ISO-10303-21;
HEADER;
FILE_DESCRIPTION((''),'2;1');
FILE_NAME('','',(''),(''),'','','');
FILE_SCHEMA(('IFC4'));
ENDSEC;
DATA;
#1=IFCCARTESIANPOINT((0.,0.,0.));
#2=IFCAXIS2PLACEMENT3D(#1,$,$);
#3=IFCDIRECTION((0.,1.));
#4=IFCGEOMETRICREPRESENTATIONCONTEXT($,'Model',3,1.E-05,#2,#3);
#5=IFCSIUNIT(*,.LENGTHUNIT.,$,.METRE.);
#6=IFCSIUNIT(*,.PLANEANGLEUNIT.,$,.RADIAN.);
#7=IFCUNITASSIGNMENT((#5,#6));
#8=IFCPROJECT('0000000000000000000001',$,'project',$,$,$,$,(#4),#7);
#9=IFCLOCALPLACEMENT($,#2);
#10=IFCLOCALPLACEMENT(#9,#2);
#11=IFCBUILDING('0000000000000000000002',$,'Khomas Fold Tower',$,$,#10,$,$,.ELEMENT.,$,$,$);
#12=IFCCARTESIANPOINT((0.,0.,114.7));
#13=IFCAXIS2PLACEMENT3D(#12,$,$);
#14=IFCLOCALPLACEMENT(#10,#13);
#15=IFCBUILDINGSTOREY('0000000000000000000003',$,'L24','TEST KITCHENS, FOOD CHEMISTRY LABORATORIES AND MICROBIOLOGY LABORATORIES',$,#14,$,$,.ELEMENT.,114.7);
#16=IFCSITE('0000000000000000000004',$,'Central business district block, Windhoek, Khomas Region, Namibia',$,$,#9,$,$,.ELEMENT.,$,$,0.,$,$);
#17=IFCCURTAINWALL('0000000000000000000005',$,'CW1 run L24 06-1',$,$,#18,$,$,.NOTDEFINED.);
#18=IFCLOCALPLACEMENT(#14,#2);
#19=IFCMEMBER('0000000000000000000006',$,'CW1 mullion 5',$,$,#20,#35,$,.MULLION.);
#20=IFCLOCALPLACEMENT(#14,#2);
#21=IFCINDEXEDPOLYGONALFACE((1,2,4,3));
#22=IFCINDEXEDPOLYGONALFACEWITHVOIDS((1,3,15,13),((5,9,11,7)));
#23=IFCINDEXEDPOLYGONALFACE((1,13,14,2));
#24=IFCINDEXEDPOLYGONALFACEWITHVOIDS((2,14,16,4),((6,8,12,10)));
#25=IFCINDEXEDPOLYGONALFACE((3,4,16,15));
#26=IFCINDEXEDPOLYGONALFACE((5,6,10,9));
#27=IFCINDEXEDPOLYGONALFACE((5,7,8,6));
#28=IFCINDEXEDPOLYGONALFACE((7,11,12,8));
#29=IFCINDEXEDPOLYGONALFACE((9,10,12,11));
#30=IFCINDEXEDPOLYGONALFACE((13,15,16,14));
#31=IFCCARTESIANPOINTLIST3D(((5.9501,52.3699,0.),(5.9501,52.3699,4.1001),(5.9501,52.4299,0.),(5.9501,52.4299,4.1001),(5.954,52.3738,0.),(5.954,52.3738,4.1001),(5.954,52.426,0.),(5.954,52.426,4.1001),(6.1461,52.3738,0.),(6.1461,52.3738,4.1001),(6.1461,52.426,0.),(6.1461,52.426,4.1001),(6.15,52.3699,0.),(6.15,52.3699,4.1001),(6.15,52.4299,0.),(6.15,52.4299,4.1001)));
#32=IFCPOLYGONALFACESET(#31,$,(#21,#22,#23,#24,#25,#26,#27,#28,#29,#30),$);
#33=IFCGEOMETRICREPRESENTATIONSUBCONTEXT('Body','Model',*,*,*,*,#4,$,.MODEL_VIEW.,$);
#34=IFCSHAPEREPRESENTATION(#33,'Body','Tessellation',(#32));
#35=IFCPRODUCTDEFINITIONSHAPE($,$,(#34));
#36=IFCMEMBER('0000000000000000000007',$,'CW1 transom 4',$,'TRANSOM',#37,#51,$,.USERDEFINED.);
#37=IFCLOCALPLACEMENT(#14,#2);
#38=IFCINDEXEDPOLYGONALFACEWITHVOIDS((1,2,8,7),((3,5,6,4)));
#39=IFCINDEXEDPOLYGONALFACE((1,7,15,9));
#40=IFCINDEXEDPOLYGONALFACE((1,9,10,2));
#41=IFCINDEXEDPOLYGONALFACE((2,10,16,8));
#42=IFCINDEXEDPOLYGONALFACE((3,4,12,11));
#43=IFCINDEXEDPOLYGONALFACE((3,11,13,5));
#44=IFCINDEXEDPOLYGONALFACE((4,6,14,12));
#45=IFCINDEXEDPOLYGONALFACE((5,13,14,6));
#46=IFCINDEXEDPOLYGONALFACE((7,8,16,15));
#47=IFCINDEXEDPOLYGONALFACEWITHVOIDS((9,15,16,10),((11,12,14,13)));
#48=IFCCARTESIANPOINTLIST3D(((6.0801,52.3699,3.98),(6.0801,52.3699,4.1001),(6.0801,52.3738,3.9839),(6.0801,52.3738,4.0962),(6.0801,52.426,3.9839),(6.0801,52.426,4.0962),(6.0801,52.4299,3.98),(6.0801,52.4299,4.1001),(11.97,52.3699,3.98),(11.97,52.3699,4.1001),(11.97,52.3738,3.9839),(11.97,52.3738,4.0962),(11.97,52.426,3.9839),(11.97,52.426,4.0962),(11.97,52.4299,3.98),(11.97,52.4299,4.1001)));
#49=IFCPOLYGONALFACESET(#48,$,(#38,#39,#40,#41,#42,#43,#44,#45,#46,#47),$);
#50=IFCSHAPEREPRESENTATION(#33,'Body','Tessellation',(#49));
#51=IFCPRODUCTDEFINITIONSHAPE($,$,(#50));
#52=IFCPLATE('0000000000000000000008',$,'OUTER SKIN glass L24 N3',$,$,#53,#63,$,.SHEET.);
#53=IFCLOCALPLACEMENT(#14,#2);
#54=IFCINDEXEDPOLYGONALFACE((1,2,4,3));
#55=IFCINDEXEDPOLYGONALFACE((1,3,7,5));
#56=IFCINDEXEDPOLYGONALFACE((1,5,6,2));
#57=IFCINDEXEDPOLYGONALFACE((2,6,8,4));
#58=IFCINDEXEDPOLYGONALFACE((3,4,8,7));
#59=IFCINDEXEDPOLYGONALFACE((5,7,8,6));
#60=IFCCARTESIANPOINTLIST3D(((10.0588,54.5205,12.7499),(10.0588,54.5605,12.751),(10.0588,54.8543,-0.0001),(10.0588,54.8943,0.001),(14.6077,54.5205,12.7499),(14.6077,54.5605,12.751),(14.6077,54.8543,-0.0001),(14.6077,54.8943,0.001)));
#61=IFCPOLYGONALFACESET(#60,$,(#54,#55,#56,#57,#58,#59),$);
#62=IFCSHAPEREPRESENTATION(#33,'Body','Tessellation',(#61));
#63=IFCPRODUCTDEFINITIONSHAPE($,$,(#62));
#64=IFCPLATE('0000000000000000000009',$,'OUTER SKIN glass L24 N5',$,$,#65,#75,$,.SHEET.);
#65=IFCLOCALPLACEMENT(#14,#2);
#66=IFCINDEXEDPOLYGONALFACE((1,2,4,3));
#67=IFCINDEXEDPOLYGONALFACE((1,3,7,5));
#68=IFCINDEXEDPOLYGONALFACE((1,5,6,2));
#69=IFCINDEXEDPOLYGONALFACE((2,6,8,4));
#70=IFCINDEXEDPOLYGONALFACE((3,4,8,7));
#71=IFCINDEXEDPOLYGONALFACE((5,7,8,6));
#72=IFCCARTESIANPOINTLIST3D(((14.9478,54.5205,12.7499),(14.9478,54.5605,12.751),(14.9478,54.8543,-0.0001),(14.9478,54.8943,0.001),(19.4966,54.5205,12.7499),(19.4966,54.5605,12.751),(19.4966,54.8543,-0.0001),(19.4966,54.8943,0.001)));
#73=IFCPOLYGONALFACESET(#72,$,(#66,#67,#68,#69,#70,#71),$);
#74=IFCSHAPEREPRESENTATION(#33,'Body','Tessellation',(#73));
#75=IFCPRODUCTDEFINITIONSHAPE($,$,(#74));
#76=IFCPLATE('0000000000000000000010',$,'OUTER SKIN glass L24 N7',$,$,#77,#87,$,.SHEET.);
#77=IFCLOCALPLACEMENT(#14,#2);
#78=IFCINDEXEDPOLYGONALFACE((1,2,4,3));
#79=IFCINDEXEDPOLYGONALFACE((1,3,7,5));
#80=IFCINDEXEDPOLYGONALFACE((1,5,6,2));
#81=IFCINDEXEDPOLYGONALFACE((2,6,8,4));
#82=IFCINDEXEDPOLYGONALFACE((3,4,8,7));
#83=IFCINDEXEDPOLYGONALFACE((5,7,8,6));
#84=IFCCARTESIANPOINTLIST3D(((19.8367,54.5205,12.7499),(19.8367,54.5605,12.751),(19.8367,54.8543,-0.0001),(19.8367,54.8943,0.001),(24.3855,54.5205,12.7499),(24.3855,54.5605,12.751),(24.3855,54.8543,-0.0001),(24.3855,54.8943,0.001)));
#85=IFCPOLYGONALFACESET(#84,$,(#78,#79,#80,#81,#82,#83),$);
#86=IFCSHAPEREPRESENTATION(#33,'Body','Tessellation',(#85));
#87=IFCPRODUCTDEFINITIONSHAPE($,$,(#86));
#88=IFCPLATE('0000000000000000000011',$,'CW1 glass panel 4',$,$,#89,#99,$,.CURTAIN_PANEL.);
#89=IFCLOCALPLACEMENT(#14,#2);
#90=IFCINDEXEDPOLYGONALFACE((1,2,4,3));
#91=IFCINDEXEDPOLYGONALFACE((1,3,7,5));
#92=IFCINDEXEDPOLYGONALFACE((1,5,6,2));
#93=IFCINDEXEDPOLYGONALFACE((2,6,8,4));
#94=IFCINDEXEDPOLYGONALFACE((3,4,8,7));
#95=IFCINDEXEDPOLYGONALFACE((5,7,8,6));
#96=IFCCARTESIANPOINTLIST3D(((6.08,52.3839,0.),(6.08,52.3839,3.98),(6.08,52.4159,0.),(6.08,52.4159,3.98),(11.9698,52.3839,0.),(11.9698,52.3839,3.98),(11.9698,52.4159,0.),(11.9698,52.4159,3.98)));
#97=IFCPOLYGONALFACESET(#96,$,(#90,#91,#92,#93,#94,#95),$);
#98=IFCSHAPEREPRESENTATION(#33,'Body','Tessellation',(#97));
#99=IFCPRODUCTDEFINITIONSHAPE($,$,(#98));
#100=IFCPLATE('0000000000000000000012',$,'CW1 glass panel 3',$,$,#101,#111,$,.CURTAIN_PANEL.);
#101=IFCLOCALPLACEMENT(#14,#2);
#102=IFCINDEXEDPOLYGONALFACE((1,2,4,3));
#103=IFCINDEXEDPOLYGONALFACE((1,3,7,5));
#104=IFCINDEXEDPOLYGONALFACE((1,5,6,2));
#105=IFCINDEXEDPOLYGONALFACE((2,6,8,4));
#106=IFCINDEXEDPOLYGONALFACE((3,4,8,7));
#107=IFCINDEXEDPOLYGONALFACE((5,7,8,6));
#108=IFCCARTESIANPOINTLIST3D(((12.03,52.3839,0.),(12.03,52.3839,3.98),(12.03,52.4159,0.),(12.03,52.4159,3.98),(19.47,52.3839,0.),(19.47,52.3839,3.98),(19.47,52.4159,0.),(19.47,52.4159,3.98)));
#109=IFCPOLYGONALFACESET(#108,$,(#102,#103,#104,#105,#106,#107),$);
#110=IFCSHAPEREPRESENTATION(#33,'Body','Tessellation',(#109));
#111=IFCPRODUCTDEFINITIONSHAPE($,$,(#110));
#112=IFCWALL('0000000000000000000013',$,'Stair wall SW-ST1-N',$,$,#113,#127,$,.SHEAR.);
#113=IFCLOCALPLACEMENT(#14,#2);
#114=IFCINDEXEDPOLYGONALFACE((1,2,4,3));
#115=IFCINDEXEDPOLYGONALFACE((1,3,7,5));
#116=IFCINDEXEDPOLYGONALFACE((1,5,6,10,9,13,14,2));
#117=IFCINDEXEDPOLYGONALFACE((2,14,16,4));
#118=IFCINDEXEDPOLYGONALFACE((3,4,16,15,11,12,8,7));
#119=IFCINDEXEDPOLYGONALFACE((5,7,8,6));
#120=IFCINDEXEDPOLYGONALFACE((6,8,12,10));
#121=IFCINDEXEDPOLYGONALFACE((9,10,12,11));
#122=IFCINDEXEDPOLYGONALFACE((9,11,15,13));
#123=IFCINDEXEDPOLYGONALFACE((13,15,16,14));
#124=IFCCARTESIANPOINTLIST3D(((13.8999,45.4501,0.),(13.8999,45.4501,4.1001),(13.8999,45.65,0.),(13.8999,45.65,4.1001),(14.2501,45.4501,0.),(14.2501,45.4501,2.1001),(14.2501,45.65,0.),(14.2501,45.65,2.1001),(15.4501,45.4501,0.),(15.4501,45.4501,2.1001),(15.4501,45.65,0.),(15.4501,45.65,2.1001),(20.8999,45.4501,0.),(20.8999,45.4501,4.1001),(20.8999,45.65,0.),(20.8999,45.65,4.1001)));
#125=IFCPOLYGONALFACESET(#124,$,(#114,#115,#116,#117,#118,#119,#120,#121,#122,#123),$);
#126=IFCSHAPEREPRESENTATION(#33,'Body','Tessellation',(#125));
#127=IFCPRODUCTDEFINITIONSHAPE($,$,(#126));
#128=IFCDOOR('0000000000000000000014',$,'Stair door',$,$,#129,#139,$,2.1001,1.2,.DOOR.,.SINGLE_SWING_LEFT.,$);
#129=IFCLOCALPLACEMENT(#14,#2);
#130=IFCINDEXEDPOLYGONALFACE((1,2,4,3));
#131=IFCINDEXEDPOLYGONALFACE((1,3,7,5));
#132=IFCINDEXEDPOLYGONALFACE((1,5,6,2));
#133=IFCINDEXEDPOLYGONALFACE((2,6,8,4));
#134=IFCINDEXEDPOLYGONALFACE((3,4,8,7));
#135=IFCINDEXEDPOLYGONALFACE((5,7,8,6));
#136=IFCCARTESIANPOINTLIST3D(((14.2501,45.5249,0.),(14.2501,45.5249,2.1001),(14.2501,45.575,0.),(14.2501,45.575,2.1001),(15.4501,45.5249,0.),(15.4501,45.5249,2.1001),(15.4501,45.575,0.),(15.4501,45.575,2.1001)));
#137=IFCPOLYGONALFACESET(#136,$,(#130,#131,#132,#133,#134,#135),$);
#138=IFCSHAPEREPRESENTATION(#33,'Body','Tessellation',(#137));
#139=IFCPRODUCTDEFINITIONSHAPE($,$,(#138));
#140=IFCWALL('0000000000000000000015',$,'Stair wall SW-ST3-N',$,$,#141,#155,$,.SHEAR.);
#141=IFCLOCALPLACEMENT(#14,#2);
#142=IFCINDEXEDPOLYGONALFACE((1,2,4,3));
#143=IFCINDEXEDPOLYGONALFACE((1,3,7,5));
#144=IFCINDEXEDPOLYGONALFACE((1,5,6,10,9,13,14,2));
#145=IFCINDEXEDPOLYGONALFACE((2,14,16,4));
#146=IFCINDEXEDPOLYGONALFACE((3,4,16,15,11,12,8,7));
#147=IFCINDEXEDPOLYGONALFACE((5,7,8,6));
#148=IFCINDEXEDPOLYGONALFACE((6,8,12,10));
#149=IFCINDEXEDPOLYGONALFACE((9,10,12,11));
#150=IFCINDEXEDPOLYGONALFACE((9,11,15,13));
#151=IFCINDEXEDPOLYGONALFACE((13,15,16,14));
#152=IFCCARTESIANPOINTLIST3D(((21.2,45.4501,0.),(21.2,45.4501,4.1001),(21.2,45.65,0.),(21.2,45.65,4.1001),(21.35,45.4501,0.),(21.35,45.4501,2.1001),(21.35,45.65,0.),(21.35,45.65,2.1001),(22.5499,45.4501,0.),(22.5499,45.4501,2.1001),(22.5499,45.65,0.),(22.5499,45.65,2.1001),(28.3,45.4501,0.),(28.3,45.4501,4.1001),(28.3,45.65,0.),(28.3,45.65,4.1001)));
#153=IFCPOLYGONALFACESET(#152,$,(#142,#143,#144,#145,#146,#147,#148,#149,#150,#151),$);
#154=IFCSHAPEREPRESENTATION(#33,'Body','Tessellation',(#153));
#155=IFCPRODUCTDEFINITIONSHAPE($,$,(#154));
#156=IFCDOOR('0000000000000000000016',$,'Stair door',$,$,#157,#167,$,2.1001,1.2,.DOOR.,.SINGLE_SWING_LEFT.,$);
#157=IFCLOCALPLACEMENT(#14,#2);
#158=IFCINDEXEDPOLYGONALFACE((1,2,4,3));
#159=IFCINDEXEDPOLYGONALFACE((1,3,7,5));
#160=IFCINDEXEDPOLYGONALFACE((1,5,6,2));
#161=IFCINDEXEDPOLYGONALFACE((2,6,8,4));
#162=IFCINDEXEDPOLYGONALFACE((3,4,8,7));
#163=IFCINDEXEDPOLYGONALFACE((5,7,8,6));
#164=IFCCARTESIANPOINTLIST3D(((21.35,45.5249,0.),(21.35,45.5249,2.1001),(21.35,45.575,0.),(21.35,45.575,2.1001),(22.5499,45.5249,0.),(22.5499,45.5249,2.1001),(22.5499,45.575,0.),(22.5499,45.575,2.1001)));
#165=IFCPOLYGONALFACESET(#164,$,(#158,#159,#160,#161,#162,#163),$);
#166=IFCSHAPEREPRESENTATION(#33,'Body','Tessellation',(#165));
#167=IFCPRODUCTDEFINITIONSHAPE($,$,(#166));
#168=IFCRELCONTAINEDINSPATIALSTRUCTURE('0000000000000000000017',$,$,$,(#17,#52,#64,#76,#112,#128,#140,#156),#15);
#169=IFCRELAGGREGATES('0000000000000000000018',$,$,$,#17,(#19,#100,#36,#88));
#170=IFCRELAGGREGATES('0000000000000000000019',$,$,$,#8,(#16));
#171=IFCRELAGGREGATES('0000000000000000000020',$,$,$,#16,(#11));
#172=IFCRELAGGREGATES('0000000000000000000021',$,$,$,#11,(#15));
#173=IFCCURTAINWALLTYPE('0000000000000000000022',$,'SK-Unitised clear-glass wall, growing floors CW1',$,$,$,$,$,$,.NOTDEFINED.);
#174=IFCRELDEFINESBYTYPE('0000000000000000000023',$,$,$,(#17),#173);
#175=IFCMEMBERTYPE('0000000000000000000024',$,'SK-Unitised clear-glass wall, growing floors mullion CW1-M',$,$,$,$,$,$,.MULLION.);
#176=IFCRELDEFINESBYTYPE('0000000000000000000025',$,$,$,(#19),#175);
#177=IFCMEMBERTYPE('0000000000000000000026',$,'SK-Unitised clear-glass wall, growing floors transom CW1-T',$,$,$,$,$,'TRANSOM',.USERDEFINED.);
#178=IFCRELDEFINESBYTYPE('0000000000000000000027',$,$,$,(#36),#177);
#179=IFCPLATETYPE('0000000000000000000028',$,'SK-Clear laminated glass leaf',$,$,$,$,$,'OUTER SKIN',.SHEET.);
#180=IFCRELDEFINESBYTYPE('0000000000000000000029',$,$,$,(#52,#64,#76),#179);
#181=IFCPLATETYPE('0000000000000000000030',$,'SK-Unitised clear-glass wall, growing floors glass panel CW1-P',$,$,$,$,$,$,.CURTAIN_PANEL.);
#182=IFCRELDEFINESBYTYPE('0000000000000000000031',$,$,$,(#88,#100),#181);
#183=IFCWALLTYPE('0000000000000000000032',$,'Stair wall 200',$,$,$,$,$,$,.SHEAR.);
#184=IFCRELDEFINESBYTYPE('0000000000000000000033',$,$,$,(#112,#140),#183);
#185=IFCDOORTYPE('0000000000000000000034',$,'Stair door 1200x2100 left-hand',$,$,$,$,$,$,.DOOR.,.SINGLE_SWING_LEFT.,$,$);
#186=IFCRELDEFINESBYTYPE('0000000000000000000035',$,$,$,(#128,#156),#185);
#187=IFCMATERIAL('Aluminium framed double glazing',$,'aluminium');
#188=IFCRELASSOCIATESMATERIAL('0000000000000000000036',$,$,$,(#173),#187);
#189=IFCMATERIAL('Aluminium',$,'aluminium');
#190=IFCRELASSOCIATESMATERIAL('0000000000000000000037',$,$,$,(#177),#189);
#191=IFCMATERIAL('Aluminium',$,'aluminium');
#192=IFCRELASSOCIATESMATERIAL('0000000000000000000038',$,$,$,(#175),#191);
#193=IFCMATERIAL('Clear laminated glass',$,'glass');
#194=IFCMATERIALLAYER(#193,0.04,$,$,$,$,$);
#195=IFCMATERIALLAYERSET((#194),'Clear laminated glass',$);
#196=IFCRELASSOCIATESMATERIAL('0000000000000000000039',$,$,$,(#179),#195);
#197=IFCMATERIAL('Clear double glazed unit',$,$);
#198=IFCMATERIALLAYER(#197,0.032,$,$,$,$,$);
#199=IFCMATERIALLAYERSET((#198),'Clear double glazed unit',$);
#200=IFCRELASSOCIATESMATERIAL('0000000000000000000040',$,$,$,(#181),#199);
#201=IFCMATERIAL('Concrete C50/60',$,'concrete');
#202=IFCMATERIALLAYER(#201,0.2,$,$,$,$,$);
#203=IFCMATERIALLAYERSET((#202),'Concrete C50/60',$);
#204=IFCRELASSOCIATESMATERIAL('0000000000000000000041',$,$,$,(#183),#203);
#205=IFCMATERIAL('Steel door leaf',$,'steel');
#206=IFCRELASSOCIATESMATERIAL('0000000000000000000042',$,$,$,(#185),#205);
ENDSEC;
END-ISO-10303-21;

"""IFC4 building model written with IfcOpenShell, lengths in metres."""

from ifc_helpers import new_model, si_unit, direction, frame, frame_2d, origin, origin_2d, place, context, subcontext, project, spatial, polyline, rectangle, hollow_rectangle, outline, extrude, source, transform, mapped, material, layer, layer_set, material_profile, profile_set, type_object, element, fill, aggregate, save


model = new_model("IFC4")

# Units and contexts
model_context = context("Model", 3, precision=1e-05, world=origin(), true_north=direction((0.0, 1.0)))
body_context = subcontext(model_context, "Body", "Model", "MODEL_VIEW")
ifc_project = project(units=[si_unit("LENGTHUNIT", "METRE"), si_unit("PLANEANGLEUNIT", "RADIAN")], contexts=[model_context])

# Site, building, storey
site_placement = place(None, origin())
site = spatial("IfcSite", under=ifc_project, at=site_placement, Name="Central business district block, Windhoek, Khomas Region, Namibia", CompositionType="ELEMENT", RefElevation=0.0)
building_placement = place(site_placement, origin())
building = spatial("IfcBuilding", under=site, at=building_placement, Name="Khomas Fold Tower", CompositionType="ELEMENT")
storey_placement = place(building_placement, frame((0.0, 0.0, 114.7)))
storey = spatial("IfcBuildingStorey", under=building, at=storey_placement, Name="L24", Description="TEST KITCHENS, FOOD CHEMISTRY LABORATORIES AND MICROBIOLOGY LABORATORIES", CompositionType="ELEMENT", Elevation=114.7)

# Curtain wall, members
ifc_material_1 = material(Name="Aluminium framed double glazing", Category="aluminium")
curtain_wall_type = type_object("IfcCurtainWallType", Name="SK-Unitised clear-glass wall, growing floors CW1", PredefinedType="NOTDEFINED", material=ifc_material_1)
curtain_wall_placement = place(storey_placement, origin())
curtain_wall = element("IfcCurtainWall", 1, at=curtain_wall_placement, inside=storey, type_object=curtain_wall_type, Name="CW1 run L24 06-1", PredefinedType="NOTDEFINED")
ifc_material_2 = material(Name="Aluminium", Category="aluminium")
ifc_material_profile_1 = material_profile(ifc_material_2, hollow_rectangle(XDim=0.0601, YDim=0.1201, WallThickness=0.0039, at=origin_2d()), Name="SK-Unitised clear-glass wall, growing floors transom CW1-T")
ifc_profile_set_1 = profile_set([ifc_material_profile_1], Name="Aluminium")
member_type_1 = type_object("IfcMemberType", Name="SK-Unitised clear-glass wall, growing floors transom CW1-T", ElementType="TRANSOM", PredefinedType="USERDEFINED", material=ifc_profile_set_1)
ifc_material_3 = material(Name="Aluminium", Category="aluminium")
ifc_material_profile_2 = material_profile(ifc_material_3, hollow_rectangle(XDim=0.0601, YDim=0.2, WallThickness=0.0039, at=origin_2d()), Name="SK-Unitised clear-glass wall, growing floors mullion CW1-M")
ifc_profile_set_2 = profile_set([ifc_material_profile_2], Name="Aluminium")
member_type_2 = type_object("IfcMemberType", Name="SK-Unitised clear-glass wall, growing floors mullion CW1-M", PredefinedType="MULLION", material=ifc_profile_set_2)
shared_shape_1 = source(origin(), body_context, "Body", "SweptSolid", [
    extrude(hollow_rectangle(XDim=0.0601, YDim=0.2, WallThickness=0.0039, at=origin_2d()), origin(), (0.0, 0.0, 1.0), 4.1001),
])
member_1_placement = place(storey_placement, frame((6.05, 52.3999, 0.0), z_axis=(0.0, 0.0, 1.0), x_axis=(0.0, -1.0, 0.0)))
member_1 = element("IfcMember", 2, at=member_1_placement, type_object=member_type_2, Name="CW1 mullion 5", PredefinedType="MULLION", context=body_context, shape_type="MappedRepresentation", body=[
    mapped(shared_shape_1, transform((0.0, 0.0, 0.0))),
])
shared_shape_2 = source(origin(), body_context, "Body", "SweptSolid", [
    extrude(hollow_rectangle(XDim=0.0601, YDim=0.1201, WallThickness=0.0039, at=origin_2d()), origin(), (0.0, 0.0, 1.0), 5.8899),
])
member_2_placement = place(storey_placement, frame((11.97, 52.3999, 4.04), z_axis=(-1.0, 0.0, 0.0), x_axis=(0.0, -1.0, 0.0)))
member_2 = element("IfcMember", 3, at=member_2_placement, type_object=member_type_1, Name="CW1 transom 4", ObjectType="TRANSOM", PredefinedType="USERDEFINED", context=body_context, shape_type="MappedRepresentation", body=[
    mapped(shared_shape_2, transform((0.0, 0.0, 0.0))),
])

# Plates
ifc_material_4 = material(Name="Clear laminated glass", Category="glass")
ifc_layer_1 = layer(ifc_material_4, 0.04)
ifc_layer_set_1 = layer_set([ifc_layer_1], Name="Clear laminated glass")
plate_type_1 = type_object("IfcPlateType", Name="SK-Clear laminated glass leaf", ElementType="OUTER SKIN", PredefinedType="SHEET", material=ifc_layer_set_1)
for number, where, z_axis, x_axis, name in (
    (4, (10.0588, 54.8943, 0.001), (0.0, 0.999658, 0.026167), (1.0, 0.0, 0.0), "OUTER SKIN glass L24 N3"),
    (5, (14.9478, 54.8943, 0.001), (0.0, 0.999658, 0.026167), (1.0, 0.0, 0.0), "OUTER SKIN glass L24 N5"),
    (6, (19.8367, 54.8943, 0.001), (0.0, 0.999658, 0.026167), (1.0, 0.0, 0.0), "OUTER SKIN glass L24 N7"),
):
    element("IfcPlate", number, at=place(storey_placement, frame(where, z_axis=z_axis, x_axis=x_axis)), inside=storey, type_object=plate_type_1, Name=name, PredefinedType="SHEET", context=body_context, shape_type="SweptSolid", body=[
        extrude(outline(polyline([(0.0, 0.0), (4.5488, 0.0), (4.5488, -12.7544), (0.0, -12.7544), (0.0, 0.0)])), origin(), (0.0, 0.0, -1.0), 0.04),
    ])

# Plates
ifc_material_5 = material(Name="Clear double glazed unit")
ifc_layer_2 = layer(ifc_material_5, 0.032)
ifc_layer_set_2 = layer_set([ifc_layer_2], Name="Clear double glazed unit")
plate_type_2 = type_object("IfcPlateType", Name="SK-Unitised clear-glass wall, growing floors glass panel CW1-P", PredefinedType="CURTAIN_PANEL", material=ifc_layer_set_2)
shared_shape_3 = source(origin(), body_context, "Body", "SweptSolid", [
    extrude(rectangle(XDim=5.8899, YDim=0.032, at=origin_2d()), origin(), (0.0, 0.0, 1.0), 3.98),
])
plate_1_placement = place(storey_placement, frame((9.0249, 52.3999, 0.0), z_axis=(0.0, 0.0, 1.0), x_axis=(-1.0, 0.0, 0.0)))
plate_1 = element("IfcPlate", 7, at=plate_1_placement, type_object=plate_type_2, Name="CW1 glass panel 4", PredefinedType="CURTAIN_PANEL", context=body_context, shape_type="MappedRepresentation", body=[
    mapped(shared_shape_3, transform((0.0, 0.0, 0.0))),
])
shared_shape_4 = source(origin(), body_context, "Body", "SweptSolid", [
    extrude(rectangle(XDim=7.4399, YDim=0.032, at=origin_2d()), origin(), (0.0, 0.0, 1.0), 3.98),
])
plate_2_placement = place(storey_placement, frame((15.75, 52.3999, 0.0), z_axis=(0.0, 0.0, 1.0), x_axis=(-1.0, 0.0, 0.0)))
plate_2 = element("IfcPlate", 8, at=plate_2_placement, type_object=plate_type_2, Name="CW1 glass panel 3", PredefinedType="CURTAIN_PANEL", context=body_context, shape_type="MappedRepresentation", body=[
    mapped(shared_shape_4, transform((0.0, 0.0, 0.0))),
])
aggregate(curtain_wall, [member_1, plate_2, member_2, plate_1])

# Walls, openings, doors
ifc_material_6 = material(Name="Concrete C50/60", Category="concrete")
ifc_layer_3 = layer(ifc_material_6, 0.2)
ifc_layer_set_3 = layer_set([ifc_layer_3], Name="Concrete C50/60")
wall_type_1 = type_object("IfcWallType", Name="Stair wall 200", PredefinedType="SHEAR", material=ifc_layer_set_3)
shared_shape_5 = source(origin(), body_context, "Body", "SweptSolid", [
    extrude(rectangle(XDim=7.0, YDim=0.2, at=frame_2d((3.5, 0.0))), origin(), (0.0, 0.0, 1.0), 4.1001),
])
wall_1_placement = place(storey_placement, frame((13.8999, 45.55, 0.0), z_axis=(0.0, 0.0, 1.0), x_axis=(1.0, 0.0, 0.0)))
wall_1 = element("IfcWall", 9, at=wall_1_placement, inside=storey, type_object=wall_type_1, Name="Stair wall SW-ST1-N", PredefinedType="SHEAR", context=body_context, shape_type="MappedRepresentation", body=[
    mapped(shared_shape_5, transform((0.0, 0.0, 0.0))),
])
shared_shape_6 = source(origin(), body_context, "Body", "SweptSolid", [
    extrude(rectangle(XDim=1.2, YDim=2.1001, at=frame_2d((0.6001, 1.05))), frame((0.0, 0.1099, 0.0), z_axis=(0.0, -1.0, 0.0), x_axis=(1.0, 0.0, 0.0)), (0.0, 0.0, 1.0), 0.22),
])
opening_1_placement = place(wall_1_placement, frame((0.3501, 0.0, 0.0)))
opening_1 = element("IfcOpeningElement", 10, at=opening_1_placement, cuts=wall_1, PredefinedType="OPENING", context=body_context, shape_type="MappedRepresentation", body=[
    mapped(shared_shape_6, transform((0.0, 0.0, 0.0))),
])
ifc_material_7 = material(Name="Steel door leaf", Category="steel")
door_type = type_object("IfcDoorType", Name="Stair door 1200x2100 left-hand", OperationType="SINGLE_SWING_LEFT", PredefinedType="DOOR", material=ifc_material_7)
shared_shape_7 = source(origin(), body_context, "Body", "SweptSolid", [
    extrude(rectangle(XDim=1.2, YDim=2.1001, at=frame_2d((0.6001, 1.05))), frame((0.0, 0.0249, 0.0), z_axis=(0.0, -1.0, 0.0), x_axis=(1.0, 0.0, 0.0)), (0.0, 0.0, 1.0), 0.05),
])
door_1_placement = place(opening_1_placement, origin())
door_1 = element("IfcDoor", 11, at=door_1_placement, inside=storey, type_object=door_type, Name="Stair door", OperationType="SINGLE_SWING_LEFT", OverallHeight=2.1001, OverallWidth=1.2, PredefinedType="DOOR", context=body_context, shape_type="MappedRepresentation", body=[
    mapped(shared_shape_7, transform((0.0, 0.0, 0.0))),
])
fill(opening_1, door_1)
shared_shape_8 = source(origin(), body_context, "Body", "SweptSolid", [
    extrude(rectangle(XDim=7.1001, YDim=0.2, at=frame_2d((3.55, 0.0))), origin(), (0.0, 0.0, 1.0), 4.1001),
])
wall_2_placement = place(storey_placement, frame((21.2, 45.55, 0.0), z_axis=(0.0, 0.0, 1.0), x_axis=(1.0, 0.0, 0.0)))
wall_2 = element("IfcWall", 12, at=wall_2_placement, inside=storey, type_object=wall_type_1, Name="Stair wall SW-ST3-N", PredefinedType="SHEAR", context=body_context, shape_type="MappedRepresentation", body=[
    mapped(shared_shape_8, transform((0.0, 0.0, 0.0))),
])
opening_2_placement = place(wall_2_placement, frame((0.1499, 0.0, 0.0)))
opening_2 = element("IfcOpeningElement", 13, at=opening_2_placement, cuts=wall_2, PredefinedType="OPENING", context=body_context, shape_type="MappedRepresentation", body=[
    mapped(shared_shape_6, transform((0.0, 0.0, 0.0))),
])
door_2_placement = place(opening_2_placement, origin())
door_2 = element("IfcDoor", 14, at=door_2_placement, inside=storey, type_object=door_type, Name="Stair door", OperationType="SINGLE_SWING_LEFT", OverallHeight=2.1001, OverallWidth=1.2, PredefinedType="DOOR", context=body_context, shape_type="MappedRepresentation", body=[
    mapped(shared_shape_7, transform((0.0, 0.0, 0.0))),
])
fill(opening_2, door_2)

save(model, "model.ifc")
